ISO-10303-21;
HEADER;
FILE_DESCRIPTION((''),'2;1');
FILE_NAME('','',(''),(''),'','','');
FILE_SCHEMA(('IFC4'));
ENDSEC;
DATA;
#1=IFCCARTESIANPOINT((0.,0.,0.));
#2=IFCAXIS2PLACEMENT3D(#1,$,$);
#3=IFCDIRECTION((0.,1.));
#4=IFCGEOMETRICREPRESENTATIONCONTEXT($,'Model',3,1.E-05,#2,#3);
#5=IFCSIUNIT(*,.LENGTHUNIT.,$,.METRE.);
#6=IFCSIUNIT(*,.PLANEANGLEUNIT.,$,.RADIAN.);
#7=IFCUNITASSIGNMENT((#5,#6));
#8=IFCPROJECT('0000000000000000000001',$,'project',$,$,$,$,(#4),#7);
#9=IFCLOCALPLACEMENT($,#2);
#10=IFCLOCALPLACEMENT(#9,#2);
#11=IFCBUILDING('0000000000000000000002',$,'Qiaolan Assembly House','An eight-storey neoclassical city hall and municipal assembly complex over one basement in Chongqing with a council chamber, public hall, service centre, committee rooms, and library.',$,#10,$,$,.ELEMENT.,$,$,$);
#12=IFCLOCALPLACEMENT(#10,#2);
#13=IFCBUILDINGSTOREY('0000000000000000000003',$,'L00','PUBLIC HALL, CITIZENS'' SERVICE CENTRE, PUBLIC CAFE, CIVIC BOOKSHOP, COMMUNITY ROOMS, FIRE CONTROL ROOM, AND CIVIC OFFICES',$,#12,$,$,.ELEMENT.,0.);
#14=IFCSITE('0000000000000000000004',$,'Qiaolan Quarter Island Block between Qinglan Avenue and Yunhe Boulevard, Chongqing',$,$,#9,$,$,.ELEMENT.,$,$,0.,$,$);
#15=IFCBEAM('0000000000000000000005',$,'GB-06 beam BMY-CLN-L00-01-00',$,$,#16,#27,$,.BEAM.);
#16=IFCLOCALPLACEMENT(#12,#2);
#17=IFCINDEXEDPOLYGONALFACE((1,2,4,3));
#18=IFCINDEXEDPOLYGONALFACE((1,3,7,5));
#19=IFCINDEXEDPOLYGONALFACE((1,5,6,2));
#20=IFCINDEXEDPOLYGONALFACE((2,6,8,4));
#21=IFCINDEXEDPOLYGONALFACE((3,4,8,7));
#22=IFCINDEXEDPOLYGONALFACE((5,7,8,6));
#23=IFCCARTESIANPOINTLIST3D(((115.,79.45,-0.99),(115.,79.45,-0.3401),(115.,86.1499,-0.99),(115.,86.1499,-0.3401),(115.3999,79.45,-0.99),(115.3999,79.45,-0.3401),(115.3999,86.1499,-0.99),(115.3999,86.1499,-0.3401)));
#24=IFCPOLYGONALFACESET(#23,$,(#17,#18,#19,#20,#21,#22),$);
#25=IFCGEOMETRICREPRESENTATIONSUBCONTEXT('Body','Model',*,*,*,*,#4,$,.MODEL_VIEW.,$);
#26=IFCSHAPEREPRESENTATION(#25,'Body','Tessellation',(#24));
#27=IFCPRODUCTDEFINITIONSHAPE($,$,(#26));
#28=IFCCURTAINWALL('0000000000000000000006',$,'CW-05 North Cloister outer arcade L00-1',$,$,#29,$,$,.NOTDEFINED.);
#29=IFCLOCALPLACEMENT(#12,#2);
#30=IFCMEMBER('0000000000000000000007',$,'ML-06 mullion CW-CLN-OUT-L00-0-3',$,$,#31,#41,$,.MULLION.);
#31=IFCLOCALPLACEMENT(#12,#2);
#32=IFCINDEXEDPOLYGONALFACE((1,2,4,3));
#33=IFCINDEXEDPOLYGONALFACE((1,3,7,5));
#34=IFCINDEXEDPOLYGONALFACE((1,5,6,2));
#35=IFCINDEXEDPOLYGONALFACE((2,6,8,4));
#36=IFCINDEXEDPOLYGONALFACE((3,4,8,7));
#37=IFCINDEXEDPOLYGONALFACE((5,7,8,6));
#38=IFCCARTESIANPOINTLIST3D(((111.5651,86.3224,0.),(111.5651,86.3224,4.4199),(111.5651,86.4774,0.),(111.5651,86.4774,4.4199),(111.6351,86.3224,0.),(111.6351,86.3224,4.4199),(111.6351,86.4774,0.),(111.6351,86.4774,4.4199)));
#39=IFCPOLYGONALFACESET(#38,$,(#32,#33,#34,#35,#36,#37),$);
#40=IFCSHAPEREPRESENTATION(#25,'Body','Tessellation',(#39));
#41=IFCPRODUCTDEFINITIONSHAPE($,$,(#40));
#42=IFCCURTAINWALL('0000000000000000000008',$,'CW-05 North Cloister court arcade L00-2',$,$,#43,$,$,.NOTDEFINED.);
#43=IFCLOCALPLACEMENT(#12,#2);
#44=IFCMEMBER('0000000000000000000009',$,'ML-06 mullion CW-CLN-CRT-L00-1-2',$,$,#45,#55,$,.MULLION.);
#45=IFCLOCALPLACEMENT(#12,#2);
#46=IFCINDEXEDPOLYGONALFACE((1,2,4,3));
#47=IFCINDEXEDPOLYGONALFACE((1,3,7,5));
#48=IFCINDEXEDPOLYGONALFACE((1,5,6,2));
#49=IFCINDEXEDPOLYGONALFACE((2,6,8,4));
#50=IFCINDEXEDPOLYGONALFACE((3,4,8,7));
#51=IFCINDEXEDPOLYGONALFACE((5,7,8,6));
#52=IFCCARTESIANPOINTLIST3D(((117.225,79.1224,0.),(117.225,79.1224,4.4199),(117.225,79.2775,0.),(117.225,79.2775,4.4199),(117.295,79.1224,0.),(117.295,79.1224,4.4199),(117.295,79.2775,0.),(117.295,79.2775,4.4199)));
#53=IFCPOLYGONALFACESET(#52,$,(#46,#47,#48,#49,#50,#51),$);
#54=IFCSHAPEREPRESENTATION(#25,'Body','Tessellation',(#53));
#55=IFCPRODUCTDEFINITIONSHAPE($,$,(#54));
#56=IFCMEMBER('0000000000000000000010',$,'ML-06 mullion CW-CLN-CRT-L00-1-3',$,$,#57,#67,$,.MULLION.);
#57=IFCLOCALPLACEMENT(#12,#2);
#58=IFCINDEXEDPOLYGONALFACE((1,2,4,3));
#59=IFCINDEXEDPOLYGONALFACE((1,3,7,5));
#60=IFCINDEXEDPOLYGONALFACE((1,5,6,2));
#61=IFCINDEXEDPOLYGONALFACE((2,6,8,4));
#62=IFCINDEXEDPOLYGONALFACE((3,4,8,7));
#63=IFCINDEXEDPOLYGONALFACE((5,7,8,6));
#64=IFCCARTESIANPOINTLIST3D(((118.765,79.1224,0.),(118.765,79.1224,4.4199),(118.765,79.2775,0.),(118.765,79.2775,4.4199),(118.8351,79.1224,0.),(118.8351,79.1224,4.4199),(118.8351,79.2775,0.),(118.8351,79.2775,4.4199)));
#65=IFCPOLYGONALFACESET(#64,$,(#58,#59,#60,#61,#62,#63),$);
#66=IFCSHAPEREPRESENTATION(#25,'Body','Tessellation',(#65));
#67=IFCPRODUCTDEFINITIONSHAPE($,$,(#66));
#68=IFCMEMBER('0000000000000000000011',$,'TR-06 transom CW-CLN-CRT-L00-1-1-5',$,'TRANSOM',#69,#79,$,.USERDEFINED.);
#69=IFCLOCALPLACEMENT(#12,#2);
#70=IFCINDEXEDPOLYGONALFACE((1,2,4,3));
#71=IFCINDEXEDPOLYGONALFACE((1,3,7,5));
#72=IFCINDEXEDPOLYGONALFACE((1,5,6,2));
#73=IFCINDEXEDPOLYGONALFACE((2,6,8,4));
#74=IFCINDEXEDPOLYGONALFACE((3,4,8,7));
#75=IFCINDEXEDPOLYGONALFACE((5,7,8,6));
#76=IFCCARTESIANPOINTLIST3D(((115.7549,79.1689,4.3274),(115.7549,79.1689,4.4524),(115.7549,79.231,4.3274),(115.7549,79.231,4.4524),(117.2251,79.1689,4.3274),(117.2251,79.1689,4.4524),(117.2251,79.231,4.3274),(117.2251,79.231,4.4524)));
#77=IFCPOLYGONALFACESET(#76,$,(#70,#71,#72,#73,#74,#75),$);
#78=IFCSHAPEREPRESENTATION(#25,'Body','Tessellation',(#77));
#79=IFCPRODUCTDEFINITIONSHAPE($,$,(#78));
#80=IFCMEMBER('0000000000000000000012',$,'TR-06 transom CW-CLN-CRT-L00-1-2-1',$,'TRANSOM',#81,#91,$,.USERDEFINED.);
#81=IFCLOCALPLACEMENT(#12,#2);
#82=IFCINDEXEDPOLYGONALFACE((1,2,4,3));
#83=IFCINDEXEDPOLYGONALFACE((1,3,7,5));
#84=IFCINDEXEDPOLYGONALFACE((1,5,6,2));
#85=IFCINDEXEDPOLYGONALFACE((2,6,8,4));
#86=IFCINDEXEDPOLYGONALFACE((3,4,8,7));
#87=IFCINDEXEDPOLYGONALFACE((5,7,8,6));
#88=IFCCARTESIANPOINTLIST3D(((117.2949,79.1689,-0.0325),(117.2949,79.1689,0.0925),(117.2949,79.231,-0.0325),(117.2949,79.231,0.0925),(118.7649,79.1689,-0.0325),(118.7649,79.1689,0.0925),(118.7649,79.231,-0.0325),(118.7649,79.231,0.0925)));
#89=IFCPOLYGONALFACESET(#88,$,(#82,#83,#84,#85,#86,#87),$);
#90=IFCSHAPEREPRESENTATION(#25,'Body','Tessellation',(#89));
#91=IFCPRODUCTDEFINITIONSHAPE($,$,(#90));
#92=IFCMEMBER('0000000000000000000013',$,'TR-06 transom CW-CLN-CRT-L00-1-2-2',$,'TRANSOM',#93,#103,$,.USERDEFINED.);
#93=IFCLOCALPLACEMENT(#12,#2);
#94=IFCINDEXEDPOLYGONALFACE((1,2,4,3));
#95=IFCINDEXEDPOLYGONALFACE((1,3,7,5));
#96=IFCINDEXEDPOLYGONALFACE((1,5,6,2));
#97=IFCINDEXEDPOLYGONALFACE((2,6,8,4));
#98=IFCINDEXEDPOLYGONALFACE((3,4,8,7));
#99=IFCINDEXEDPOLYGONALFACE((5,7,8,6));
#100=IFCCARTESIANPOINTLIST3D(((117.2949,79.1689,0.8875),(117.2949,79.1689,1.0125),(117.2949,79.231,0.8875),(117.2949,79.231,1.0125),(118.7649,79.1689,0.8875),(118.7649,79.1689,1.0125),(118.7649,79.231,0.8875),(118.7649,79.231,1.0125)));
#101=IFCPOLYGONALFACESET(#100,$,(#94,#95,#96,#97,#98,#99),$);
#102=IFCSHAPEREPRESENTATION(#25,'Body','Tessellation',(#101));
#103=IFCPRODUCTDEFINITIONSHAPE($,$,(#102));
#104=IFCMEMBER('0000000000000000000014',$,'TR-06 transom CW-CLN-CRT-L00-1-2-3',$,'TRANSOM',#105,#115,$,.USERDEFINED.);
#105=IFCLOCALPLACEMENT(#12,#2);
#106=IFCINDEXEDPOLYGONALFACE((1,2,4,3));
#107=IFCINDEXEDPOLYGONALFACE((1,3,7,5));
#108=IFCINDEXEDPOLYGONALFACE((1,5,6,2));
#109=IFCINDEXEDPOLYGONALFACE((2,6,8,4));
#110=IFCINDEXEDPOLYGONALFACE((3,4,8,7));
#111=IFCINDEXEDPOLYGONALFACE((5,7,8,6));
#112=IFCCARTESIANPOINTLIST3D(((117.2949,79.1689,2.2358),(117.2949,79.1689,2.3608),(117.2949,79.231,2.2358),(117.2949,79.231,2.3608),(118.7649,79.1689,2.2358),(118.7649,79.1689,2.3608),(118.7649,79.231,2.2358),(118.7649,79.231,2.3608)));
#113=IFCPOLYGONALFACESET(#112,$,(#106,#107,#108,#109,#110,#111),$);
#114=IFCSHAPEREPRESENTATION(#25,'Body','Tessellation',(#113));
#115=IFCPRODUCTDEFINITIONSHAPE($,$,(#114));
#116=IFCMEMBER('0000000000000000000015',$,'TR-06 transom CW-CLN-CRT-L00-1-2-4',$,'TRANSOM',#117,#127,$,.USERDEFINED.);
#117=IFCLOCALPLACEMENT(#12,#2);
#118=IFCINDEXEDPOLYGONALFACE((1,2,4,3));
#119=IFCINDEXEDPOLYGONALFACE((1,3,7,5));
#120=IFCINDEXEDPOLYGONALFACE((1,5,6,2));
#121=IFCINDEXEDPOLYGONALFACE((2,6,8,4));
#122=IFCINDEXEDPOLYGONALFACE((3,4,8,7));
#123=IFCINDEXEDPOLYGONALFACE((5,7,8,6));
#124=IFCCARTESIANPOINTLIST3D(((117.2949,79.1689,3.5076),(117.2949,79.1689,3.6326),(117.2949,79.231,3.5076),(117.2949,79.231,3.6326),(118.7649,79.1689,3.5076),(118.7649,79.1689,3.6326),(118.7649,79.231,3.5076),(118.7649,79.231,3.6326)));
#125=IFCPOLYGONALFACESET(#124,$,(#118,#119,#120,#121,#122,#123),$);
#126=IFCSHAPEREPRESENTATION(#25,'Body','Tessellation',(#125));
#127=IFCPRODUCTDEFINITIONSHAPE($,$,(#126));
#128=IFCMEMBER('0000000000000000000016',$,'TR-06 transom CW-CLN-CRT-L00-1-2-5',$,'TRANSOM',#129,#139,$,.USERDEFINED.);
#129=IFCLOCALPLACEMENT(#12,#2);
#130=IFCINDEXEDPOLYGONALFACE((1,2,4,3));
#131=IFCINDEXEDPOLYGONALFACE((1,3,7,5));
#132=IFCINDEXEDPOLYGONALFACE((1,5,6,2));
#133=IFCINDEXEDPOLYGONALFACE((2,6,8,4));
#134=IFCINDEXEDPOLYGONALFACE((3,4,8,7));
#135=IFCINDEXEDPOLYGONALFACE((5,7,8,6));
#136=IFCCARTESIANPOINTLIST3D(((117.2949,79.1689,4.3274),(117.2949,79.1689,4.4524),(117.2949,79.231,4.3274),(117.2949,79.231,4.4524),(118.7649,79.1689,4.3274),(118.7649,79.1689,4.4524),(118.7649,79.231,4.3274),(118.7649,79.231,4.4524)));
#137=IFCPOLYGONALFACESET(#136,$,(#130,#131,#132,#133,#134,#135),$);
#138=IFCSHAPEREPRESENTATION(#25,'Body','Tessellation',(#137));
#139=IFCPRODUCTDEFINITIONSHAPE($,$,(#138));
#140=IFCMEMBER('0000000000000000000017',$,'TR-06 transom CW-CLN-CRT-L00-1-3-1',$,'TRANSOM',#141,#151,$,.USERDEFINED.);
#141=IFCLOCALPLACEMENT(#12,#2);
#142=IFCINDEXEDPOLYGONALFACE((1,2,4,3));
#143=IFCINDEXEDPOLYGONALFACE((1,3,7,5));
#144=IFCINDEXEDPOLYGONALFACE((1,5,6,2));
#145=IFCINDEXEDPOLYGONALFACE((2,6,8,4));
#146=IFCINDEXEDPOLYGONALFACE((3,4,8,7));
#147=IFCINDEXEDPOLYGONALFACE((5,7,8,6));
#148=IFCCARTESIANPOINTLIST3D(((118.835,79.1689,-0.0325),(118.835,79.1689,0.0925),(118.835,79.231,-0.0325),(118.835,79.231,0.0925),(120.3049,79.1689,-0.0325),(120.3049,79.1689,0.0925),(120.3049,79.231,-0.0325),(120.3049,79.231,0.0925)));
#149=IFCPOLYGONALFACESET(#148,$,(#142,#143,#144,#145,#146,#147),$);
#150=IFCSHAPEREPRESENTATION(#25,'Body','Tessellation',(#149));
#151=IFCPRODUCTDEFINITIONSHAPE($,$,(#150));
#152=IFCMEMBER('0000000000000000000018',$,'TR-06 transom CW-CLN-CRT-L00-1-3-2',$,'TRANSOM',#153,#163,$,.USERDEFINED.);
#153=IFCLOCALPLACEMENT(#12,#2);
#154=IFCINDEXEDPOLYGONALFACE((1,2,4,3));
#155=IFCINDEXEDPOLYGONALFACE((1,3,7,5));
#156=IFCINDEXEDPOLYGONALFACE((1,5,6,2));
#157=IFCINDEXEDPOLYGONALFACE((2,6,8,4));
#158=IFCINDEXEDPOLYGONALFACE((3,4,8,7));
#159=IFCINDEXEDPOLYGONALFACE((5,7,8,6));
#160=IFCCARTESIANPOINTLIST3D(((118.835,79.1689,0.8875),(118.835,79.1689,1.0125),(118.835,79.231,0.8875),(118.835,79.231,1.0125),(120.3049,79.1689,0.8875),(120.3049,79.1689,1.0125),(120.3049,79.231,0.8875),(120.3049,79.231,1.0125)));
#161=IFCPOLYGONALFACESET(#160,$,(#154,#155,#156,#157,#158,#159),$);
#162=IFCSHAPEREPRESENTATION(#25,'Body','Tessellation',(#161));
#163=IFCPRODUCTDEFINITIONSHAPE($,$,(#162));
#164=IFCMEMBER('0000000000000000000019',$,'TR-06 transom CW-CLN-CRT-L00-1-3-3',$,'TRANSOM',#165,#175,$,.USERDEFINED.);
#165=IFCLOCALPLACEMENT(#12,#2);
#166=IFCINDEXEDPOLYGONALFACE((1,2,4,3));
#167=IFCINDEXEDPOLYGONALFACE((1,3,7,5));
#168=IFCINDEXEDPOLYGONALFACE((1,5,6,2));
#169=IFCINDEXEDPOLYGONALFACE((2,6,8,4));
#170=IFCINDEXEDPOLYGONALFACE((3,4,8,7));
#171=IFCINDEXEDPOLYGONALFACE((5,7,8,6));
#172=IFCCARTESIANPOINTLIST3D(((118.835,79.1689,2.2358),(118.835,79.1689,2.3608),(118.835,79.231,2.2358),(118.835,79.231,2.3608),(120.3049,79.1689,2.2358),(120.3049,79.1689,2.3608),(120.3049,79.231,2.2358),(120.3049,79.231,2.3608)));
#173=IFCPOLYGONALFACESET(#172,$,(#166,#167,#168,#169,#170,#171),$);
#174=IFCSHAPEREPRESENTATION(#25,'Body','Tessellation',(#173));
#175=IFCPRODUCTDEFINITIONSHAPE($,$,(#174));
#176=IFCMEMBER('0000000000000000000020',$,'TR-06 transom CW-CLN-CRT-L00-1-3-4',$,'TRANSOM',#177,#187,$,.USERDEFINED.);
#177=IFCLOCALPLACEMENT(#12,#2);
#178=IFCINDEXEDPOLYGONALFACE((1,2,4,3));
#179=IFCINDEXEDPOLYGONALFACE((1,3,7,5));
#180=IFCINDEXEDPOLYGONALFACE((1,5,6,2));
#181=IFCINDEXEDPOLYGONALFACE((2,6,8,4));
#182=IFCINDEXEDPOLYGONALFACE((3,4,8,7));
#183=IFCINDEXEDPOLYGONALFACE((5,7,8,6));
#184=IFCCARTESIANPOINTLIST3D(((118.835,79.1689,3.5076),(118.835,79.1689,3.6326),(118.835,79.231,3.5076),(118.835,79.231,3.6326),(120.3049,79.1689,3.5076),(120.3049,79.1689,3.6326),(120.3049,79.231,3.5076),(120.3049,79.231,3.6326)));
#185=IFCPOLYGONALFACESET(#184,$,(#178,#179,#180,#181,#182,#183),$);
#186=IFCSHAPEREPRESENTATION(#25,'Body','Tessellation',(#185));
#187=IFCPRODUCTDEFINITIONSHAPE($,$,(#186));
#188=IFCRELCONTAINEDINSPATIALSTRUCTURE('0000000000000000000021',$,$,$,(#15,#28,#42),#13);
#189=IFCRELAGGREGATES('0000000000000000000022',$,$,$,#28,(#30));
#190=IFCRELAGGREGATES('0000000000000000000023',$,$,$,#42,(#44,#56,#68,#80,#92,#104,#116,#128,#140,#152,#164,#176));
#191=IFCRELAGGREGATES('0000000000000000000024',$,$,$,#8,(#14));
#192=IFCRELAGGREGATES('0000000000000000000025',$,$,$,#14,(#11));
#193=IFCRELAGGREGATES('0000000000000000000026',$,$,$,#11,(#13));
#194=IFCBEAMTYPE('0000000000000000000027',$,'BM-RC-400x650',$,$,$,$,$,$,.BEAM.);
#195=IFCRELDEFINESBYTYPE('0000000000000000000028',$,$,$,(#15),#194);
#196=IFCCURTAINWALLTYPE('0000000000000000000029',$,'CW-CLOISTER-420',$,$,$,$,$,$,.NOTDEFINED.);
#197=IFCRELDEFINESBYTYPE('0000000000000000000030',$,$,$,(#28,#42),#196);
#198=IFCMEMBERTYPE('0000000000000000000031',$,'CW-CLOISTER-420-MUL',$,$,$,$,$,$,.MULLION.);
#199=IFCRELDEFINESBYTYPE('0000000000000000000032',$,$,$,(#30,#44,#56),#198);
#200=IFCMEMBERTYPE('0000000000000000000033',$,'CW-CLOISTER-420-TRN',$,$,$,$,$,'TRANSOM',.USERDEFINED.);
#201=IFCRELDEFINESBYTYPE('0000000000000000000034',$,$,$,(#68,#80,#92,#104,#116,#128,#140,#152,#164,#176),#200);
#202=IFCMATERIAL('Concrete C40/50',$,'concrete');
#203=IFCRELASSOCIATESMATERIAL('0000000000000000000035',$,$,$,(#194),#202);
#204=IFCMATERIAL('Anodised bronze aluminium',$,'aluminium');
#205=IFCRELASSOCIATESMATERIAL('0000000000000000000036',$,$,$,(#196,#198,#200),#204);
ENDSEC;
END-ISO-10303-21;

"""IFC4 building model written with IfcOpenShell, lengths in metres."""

from ifc_helpers import new_model, si_unit, direction, frame, origin, origin_2d, place, context, subcontext, project, spatial, rectangle, extrude, material, material_profile, profile_set, type_object, element, aggregate, save


model = new_model("IFC4")

# Units and contexts
model_context = context("Model", 3, precision=1e-05, world=origin(), true_north=direction((0.0, 1.0)))
body_context = subcontext(model_context, "Body", "Model", "MODEL_VIEW")
ifc_project = project(units=[si_unit("LENGTHUNIT", "METRE"), si_unit("PLANEANGLEUNIT", "RADIAN")], contexts=[model_context])

# Site, building, storey
site_placement = place(None, origin())
site = spatial("IfcSite", under=ifc_project, at=site_placement, Name="Qiaolan Quarter Island Block between Qinglan Avenue and Yunhe Boulevard, Chongqing", CompositionType="ELEMENT", RefElevation=0.0)
building_placement = place(site_placement, origin())
building = spatial("IfcBuilding", under=site, at=building_placement, Name="Qiaolan Assembly House", Description="An eight-storey neoclassical city hall and municipal assembly complex over one basement in Chongqing with a council chamber, public hall, service centre, committee rooms, and library.", CompositionType="ELEMENT")
storey_placement = place(building_placement, origin())
storey = spatial("IfcBuildingStorey", under=building, at=storey_placement, Name="L00", Description="PUBLIC HALL, CITIZENS' SERVICE CENTRE, PUBLIC CAFE, CIVIC BOOKSHOP, COMMUNITY ROOMS, FIRE CONTROL ROOM, AND CIVIC OFFICES", CompositionType="ELEMENT", Elevation=0.0)

# Beam
ifc_material_1 = material(Name="Concrete C40/50", Category="concrete")
ifc_material_profile_1 = material_profile(ifc_material_1, rectangle(XDim=0.3999, YDim=0.6499, at=origin_2d()), Name="RCB 400x650")
ifc_profile_set_1 = profile_set([ifc_material_profile_1], Name="Concrete C40/50")
beam_type_1 = type_object("IfcBeamType", Name="BM-RC-400x650", PredefinedType="BEAM", material=ifc_profile_set_1)
beam_placement = place(storey_placement, frame((115.2, 79.45, -0.665), z_axis=(0.0, 1.0, 0.0), x_axis=(-1.0, 0.0, 0.0)))
element("IfcBeam", 1, at=beam_placement, inside=storey, type_object=beam_type_1, Name="GB-06 beam BMY-CLN-L00-01-00", PredefinedType="BEAM", context=body_context, shape_type="SweptSolid", body=[
    extrude(rectangle(XDim=0.3999, YDim=0.6499, at=origin_2d()), origin(), (0.0, 0.0, 1.0), 6.7),
])

# Curtain wall, member
ifc_material_2 = material(Name="Anodised bronze aluminium", Category="aluminium")
curtain_wall_type = type_object("IfcCurtainWallType", Name="CW-CLOISTER-420", PredefinedType="NOTDEFINED", material=ifc_material_2)
curtain_wall_1_placement = place(storey_placement, origin())
curtain_wall_1 = element("IfcCurtainWall", 2, at=curtain_wall_1_placement, inside=storey, type_object=curtain_wall_type, Name="CW-05 North Cloister outer arcade L00-1", PredefinedType="NOTDEFINED")
ifc_material_profile_2 = material_profile(ifc_material_2, rectangle(XDim=0.0701, YDim=0.155, at=origin_2d()), Name="MUL 70x155")
ifc_profile_set_2 = profile_set([ifc_material_profile_2], Name="Anodised bronze aluminium")
member_type_1 = type_object("IfcMemberType", Name="CW-CLOISTER-420-MUL", PredefinedType="MULLION", material=ifc_profile_set_2)
member_1_placement = place(storey_placement, frame((111.6001, 86.3999, 0.0), z_axis=(0.0, 0.0, 1.0), x_axis=(-1.0, 0.0, 0.0)))
member_1 = element("IfcMember", 3, at=member_1_placement, type_object=member_type_1, Name="ML-06 mullion CW-CLN-OUT-L00-0-3", PredefinedType="MULLION", context=body_context, shape_type="SweptSolid", body=[
    extrude(rectangle(XDim=0.0701, YDim=0.155, at=origin_2d()), origin(), (0.0, 0.0, 1.0), 4.4199),
])

# Curtain wall, members
curtain_wall_2_placement = place(storey_placement, origin())
curtain_wall_2 = element("IfcCurtainWall", 4, at=curtain_wall_2_placement, inside=storey, type_object=curtain_wall_type, Name="CW-05 North Cloister court arcade L00-2", PredefinedType="NOTDEFINED")
member_2_placement = place(storey_placement, frame((117.26, 79.2, 0.0), z_axis=(0.0, 0.0, 1.0), x_axis=(1.0, 0.0, 0.0)))
member_2 = element("IfcMember", 5, at=member_2_placement, type_object=member_type_1, Name="ML-06 mullion CW-CLN-CRT-L00-1-2", PredefinedType="MULLION", context=body_context, shape_type="SweptSolid", body=[
    extrude(rectangle(XDim=0.0701, YDim=0.155, at=origin_2d()), origin(), (0.0, 0.0, 1.0), 4.4199),
])
member_3_placement = place(storey_placement, frame((118.8, 79.2, 0.0), z_axis=(0.0, 0.0, 1.0), x_axis=(1.0, 0.0, 0.0)))
member_3 = element("IfcMember", 6, at=member_3_placement, type_object=member_type_1, Name="ML-06 mullion CW-CLN-CRT-L00-1-3", PredefinedType="MULLION", context=body_context, shape_type="SweptSolid", body=[
    extrude(rectangle(XDim=0.0701, YDim=0.155, at=origin_2d()), origin(), (0.0, 0.0, 1.0), 4.4199),
])
ifc_material_profile_3 = material_profile(ifc_material_2, rectangle(XDim=0.062, YDim=0.125, at=origin_2d()), Name="TRN 62x125")
ifc_profile_set_3 = profile_set([ifc_material_profile_3], Name="Anodised bronze aluminium")
member_type_2 = type_object("IfcMemberType", Name="CW-CLOISTER-420-TRN", ElementType="TRANSOM", PredefinedType="USERDEFINED", material=ifc_profile_set_3)
member_4_placement = place(storey_placement, frame((115.7549, 79.2, 4.3899), z_axis=(1.0, 0.0, 0.0), x_axis=(0.0, 1.0, 0.0)))
member_4 = element("IfcMember", 7, at=member_4_placement, type_object=member_type_2, Name="TR-06 transom CW-CLN-CRT-L00-1-1-5", ObjectType="TRANSOM", PredefinedType="USERDEFINED", context=body_context, shape_type="SweptSolid", body=[
    extrude(rectangle(XDim=0.062, YDim=0.125, at=origin_2d()), origin(), (0.0, 0.0, 1.0), 1.4702),
])
member_5_placement = place(storey_placement, frame((117.2949, 79.2, 0.03), z_axis=(1.0, 0.0, 0.0), x_axis=(0.0, 1.0, 0.0)))
member_5 = element("IfcMember", 8, at=member_5_placement, type_object=member_type_2, Name="TR-06 transom CW-CLN-CRT-L00-1-2-1", ObjectType="TRANSOM", PredefinedType="USERDEFINED", context=body_context, shape_type="SweptSolid", body=[
    extrude(rectangle(XDim=0.062, YDim=0.125, at=origin_2d()), origin(), (0.0, 0.0, 1.0), 1.47),
])
member_6_placement = place(storey_placement, frame((117.2949, 79.2, 0.95), z_axis=(1.0, 0.0, 0.0), x_axis=(0.0, 1.0, 0.0)))
member_6 = element("IfcMember", 9, at=member_6_placement, type_object=member_type_2, Name="TR-06 transom CW-CLN-CRT-L00-1-2-2", ObjectType="TRANSOM", PredefinedType="USERDEFINED", context=body_context, shape_type="SweptSolid", body=[
    extrude(rectangle(XDim=0.062, YDim=0.125, at=origin_2d()), origin(), (0.0, 0.0, 1.0), 1.47),
])
member_7_placement = place(storey_placement, frame((117.2949, 79.2, 2.2983), z_axis=(1.0, 0.0, 0.0), x_axis=(0.0, 1.0, 0.0)))
member_7 = element("IfcMember", 10, at=member_7_placement, type_object=member_type_2, Name="TR-06 transom CW-CLN-CRT-L00-1-2-3", ObjectType="TRANSOM", PredefinedType="USERDEFINED", context=body_context, shape_type="SweptSolid", body=[
    extrude(rectangle(XDim=0.062, YDim=0.125, at=origin_2d()), origin(), (0.0, 0.0, 1.0), 1.47),
])
member_8_placement = place(storey_placement, frame((117.2949, 79.2, 3.5701), z_axis=(1.0, 0.0, 0.0), x_axis=(0.0, 1.0, 0.0)))
member_8 = element("IfcMember", 11, at=member_8_placement, type_object=member_type_2, Name="TR-06 transom CW-CLN-CRT-L00-1-2-4", ObjectType="TRANSOM", PredefinedType="USERDEFINED", context=body_context, shape_type="SweptSolid", body=[
    extrude(rectangle(XDim=0.062, YDim=0.125, at=origin_2d()), origin(), (0.0, 0.0, 1.0), 1.47),
])
member_9_placement = place(storey_placement, frame((117.2949, 79.2, 4.3899), z_axis=(1.0, 0.0, 0.0), x_axis=(0.0, 1.0, 0.0)))
member_9 = element("IfcMember", 12, at=member_9_placement, type_object=member_type_2, Name="TR-06 transom CW-CLN-CRT-L00-1-2-5", ObjectType="TRANSOM", PredefinedType="USERDEFINED", context=body_context, shape_type="SweptSolid", body=[
    extrude(rectangle(XDim=0.062, YDim=0.125, at=origin_2d()), origin(), (0.0, 0.0, 1.0), 1.47),
])
member_10_placement = place(storey_placement, frame((118.835, 79.2, 0.03), z_axis=(1.0, 0.0, 0.0), x_axis=(0.0, 1.0, 0.0)))
member_10 = element("IfcMember", 13, at=member_10_placement, type_object=member_type_2, Name="TR-06 transom CW-CLN-CRT-L00-1-3-1", ObjectType="TRANSOM", PredefinedType="USERDEFINED", context=body_context, shape_type="SweptSolid", body=[
    extrude(rectangle(XDim=0.062, YDim=0.125, at=origin_2d()), origin(), (0.0, 0.0, 1.0), 1.47),
])
member_11_placement = place(storey_placement, frame((118.835, 79.2, 0.95), z_axis=(1.0, 0.0, 0.0), x_axis=(0.0, 1.0, 0.0)))
member_11 = element("IfcMember", 14, at=member_11_placement, type_object=member_type_2, Name="TR-06 transom CW-CLN-CRT-L00-1-3-2", ObjectType="TRANSOM", PredefinedType="USERDEFINED", context=body_context, shape_type="SweptSolid", body=[
    extrude(rectangle(XDim=0.062, YDim=0.125, at=origin_2d()), origin(), (0.0, 0.0, 1.0), 1.47),
])
member_12_placement = place(storey_placement, frame((118.835, 79.2, 2.2983), z_axis=(1.0, 0.0, 0.0), x_axis=(0.0, 1.0, 0.0)))
member_12 = element("IfcMember", 15, at=member_12_placement, type_object=member_type_2, Name="TR-06 transom CW-CLN-CRT-L00-1-3-3", ObjectType="TRANSOM", PredefinedType="USERDEFINED", context=body_context, shape_type="SweptSolid", body=[
    extrude(rectangle(XDim=0.062, YDim=0.125, at=origin_2d()), origin(), (0.0, 0.0, 1.0), 1.47),
])
member_13_placement = place(storey_placement, frame((118.835, 79.2, 3.5701), z_axis=(1.0, 0.0, 0.0), x_axis=(0.0, 1.0, 0.0)))
member_13 = element("IfcMember", 16, at=member_13_placement, type_object=member_type_2, Name="TR-06 transom CW-CLN-CRT-L00-1-3-4", ObjectType="TRANSOM", PredefinedType="USERDEFINED", context=body_context, shape_type="SweptSolid", body=[
    extrude(rectangle(XDim=0.062, YDim=0.125, at=origin_2d()), origin(), (0.0, 0.0, 1.0), 1.47),
])

aggregate(curtain_wall_1, [member_1])
aggregate(curtain_wall_2, [member_2, member_3, member_4, member_5, member_6, member_7, member_8, member_9, member_10, member_11, member_12, member_13])

save(model, "model.ifc")
